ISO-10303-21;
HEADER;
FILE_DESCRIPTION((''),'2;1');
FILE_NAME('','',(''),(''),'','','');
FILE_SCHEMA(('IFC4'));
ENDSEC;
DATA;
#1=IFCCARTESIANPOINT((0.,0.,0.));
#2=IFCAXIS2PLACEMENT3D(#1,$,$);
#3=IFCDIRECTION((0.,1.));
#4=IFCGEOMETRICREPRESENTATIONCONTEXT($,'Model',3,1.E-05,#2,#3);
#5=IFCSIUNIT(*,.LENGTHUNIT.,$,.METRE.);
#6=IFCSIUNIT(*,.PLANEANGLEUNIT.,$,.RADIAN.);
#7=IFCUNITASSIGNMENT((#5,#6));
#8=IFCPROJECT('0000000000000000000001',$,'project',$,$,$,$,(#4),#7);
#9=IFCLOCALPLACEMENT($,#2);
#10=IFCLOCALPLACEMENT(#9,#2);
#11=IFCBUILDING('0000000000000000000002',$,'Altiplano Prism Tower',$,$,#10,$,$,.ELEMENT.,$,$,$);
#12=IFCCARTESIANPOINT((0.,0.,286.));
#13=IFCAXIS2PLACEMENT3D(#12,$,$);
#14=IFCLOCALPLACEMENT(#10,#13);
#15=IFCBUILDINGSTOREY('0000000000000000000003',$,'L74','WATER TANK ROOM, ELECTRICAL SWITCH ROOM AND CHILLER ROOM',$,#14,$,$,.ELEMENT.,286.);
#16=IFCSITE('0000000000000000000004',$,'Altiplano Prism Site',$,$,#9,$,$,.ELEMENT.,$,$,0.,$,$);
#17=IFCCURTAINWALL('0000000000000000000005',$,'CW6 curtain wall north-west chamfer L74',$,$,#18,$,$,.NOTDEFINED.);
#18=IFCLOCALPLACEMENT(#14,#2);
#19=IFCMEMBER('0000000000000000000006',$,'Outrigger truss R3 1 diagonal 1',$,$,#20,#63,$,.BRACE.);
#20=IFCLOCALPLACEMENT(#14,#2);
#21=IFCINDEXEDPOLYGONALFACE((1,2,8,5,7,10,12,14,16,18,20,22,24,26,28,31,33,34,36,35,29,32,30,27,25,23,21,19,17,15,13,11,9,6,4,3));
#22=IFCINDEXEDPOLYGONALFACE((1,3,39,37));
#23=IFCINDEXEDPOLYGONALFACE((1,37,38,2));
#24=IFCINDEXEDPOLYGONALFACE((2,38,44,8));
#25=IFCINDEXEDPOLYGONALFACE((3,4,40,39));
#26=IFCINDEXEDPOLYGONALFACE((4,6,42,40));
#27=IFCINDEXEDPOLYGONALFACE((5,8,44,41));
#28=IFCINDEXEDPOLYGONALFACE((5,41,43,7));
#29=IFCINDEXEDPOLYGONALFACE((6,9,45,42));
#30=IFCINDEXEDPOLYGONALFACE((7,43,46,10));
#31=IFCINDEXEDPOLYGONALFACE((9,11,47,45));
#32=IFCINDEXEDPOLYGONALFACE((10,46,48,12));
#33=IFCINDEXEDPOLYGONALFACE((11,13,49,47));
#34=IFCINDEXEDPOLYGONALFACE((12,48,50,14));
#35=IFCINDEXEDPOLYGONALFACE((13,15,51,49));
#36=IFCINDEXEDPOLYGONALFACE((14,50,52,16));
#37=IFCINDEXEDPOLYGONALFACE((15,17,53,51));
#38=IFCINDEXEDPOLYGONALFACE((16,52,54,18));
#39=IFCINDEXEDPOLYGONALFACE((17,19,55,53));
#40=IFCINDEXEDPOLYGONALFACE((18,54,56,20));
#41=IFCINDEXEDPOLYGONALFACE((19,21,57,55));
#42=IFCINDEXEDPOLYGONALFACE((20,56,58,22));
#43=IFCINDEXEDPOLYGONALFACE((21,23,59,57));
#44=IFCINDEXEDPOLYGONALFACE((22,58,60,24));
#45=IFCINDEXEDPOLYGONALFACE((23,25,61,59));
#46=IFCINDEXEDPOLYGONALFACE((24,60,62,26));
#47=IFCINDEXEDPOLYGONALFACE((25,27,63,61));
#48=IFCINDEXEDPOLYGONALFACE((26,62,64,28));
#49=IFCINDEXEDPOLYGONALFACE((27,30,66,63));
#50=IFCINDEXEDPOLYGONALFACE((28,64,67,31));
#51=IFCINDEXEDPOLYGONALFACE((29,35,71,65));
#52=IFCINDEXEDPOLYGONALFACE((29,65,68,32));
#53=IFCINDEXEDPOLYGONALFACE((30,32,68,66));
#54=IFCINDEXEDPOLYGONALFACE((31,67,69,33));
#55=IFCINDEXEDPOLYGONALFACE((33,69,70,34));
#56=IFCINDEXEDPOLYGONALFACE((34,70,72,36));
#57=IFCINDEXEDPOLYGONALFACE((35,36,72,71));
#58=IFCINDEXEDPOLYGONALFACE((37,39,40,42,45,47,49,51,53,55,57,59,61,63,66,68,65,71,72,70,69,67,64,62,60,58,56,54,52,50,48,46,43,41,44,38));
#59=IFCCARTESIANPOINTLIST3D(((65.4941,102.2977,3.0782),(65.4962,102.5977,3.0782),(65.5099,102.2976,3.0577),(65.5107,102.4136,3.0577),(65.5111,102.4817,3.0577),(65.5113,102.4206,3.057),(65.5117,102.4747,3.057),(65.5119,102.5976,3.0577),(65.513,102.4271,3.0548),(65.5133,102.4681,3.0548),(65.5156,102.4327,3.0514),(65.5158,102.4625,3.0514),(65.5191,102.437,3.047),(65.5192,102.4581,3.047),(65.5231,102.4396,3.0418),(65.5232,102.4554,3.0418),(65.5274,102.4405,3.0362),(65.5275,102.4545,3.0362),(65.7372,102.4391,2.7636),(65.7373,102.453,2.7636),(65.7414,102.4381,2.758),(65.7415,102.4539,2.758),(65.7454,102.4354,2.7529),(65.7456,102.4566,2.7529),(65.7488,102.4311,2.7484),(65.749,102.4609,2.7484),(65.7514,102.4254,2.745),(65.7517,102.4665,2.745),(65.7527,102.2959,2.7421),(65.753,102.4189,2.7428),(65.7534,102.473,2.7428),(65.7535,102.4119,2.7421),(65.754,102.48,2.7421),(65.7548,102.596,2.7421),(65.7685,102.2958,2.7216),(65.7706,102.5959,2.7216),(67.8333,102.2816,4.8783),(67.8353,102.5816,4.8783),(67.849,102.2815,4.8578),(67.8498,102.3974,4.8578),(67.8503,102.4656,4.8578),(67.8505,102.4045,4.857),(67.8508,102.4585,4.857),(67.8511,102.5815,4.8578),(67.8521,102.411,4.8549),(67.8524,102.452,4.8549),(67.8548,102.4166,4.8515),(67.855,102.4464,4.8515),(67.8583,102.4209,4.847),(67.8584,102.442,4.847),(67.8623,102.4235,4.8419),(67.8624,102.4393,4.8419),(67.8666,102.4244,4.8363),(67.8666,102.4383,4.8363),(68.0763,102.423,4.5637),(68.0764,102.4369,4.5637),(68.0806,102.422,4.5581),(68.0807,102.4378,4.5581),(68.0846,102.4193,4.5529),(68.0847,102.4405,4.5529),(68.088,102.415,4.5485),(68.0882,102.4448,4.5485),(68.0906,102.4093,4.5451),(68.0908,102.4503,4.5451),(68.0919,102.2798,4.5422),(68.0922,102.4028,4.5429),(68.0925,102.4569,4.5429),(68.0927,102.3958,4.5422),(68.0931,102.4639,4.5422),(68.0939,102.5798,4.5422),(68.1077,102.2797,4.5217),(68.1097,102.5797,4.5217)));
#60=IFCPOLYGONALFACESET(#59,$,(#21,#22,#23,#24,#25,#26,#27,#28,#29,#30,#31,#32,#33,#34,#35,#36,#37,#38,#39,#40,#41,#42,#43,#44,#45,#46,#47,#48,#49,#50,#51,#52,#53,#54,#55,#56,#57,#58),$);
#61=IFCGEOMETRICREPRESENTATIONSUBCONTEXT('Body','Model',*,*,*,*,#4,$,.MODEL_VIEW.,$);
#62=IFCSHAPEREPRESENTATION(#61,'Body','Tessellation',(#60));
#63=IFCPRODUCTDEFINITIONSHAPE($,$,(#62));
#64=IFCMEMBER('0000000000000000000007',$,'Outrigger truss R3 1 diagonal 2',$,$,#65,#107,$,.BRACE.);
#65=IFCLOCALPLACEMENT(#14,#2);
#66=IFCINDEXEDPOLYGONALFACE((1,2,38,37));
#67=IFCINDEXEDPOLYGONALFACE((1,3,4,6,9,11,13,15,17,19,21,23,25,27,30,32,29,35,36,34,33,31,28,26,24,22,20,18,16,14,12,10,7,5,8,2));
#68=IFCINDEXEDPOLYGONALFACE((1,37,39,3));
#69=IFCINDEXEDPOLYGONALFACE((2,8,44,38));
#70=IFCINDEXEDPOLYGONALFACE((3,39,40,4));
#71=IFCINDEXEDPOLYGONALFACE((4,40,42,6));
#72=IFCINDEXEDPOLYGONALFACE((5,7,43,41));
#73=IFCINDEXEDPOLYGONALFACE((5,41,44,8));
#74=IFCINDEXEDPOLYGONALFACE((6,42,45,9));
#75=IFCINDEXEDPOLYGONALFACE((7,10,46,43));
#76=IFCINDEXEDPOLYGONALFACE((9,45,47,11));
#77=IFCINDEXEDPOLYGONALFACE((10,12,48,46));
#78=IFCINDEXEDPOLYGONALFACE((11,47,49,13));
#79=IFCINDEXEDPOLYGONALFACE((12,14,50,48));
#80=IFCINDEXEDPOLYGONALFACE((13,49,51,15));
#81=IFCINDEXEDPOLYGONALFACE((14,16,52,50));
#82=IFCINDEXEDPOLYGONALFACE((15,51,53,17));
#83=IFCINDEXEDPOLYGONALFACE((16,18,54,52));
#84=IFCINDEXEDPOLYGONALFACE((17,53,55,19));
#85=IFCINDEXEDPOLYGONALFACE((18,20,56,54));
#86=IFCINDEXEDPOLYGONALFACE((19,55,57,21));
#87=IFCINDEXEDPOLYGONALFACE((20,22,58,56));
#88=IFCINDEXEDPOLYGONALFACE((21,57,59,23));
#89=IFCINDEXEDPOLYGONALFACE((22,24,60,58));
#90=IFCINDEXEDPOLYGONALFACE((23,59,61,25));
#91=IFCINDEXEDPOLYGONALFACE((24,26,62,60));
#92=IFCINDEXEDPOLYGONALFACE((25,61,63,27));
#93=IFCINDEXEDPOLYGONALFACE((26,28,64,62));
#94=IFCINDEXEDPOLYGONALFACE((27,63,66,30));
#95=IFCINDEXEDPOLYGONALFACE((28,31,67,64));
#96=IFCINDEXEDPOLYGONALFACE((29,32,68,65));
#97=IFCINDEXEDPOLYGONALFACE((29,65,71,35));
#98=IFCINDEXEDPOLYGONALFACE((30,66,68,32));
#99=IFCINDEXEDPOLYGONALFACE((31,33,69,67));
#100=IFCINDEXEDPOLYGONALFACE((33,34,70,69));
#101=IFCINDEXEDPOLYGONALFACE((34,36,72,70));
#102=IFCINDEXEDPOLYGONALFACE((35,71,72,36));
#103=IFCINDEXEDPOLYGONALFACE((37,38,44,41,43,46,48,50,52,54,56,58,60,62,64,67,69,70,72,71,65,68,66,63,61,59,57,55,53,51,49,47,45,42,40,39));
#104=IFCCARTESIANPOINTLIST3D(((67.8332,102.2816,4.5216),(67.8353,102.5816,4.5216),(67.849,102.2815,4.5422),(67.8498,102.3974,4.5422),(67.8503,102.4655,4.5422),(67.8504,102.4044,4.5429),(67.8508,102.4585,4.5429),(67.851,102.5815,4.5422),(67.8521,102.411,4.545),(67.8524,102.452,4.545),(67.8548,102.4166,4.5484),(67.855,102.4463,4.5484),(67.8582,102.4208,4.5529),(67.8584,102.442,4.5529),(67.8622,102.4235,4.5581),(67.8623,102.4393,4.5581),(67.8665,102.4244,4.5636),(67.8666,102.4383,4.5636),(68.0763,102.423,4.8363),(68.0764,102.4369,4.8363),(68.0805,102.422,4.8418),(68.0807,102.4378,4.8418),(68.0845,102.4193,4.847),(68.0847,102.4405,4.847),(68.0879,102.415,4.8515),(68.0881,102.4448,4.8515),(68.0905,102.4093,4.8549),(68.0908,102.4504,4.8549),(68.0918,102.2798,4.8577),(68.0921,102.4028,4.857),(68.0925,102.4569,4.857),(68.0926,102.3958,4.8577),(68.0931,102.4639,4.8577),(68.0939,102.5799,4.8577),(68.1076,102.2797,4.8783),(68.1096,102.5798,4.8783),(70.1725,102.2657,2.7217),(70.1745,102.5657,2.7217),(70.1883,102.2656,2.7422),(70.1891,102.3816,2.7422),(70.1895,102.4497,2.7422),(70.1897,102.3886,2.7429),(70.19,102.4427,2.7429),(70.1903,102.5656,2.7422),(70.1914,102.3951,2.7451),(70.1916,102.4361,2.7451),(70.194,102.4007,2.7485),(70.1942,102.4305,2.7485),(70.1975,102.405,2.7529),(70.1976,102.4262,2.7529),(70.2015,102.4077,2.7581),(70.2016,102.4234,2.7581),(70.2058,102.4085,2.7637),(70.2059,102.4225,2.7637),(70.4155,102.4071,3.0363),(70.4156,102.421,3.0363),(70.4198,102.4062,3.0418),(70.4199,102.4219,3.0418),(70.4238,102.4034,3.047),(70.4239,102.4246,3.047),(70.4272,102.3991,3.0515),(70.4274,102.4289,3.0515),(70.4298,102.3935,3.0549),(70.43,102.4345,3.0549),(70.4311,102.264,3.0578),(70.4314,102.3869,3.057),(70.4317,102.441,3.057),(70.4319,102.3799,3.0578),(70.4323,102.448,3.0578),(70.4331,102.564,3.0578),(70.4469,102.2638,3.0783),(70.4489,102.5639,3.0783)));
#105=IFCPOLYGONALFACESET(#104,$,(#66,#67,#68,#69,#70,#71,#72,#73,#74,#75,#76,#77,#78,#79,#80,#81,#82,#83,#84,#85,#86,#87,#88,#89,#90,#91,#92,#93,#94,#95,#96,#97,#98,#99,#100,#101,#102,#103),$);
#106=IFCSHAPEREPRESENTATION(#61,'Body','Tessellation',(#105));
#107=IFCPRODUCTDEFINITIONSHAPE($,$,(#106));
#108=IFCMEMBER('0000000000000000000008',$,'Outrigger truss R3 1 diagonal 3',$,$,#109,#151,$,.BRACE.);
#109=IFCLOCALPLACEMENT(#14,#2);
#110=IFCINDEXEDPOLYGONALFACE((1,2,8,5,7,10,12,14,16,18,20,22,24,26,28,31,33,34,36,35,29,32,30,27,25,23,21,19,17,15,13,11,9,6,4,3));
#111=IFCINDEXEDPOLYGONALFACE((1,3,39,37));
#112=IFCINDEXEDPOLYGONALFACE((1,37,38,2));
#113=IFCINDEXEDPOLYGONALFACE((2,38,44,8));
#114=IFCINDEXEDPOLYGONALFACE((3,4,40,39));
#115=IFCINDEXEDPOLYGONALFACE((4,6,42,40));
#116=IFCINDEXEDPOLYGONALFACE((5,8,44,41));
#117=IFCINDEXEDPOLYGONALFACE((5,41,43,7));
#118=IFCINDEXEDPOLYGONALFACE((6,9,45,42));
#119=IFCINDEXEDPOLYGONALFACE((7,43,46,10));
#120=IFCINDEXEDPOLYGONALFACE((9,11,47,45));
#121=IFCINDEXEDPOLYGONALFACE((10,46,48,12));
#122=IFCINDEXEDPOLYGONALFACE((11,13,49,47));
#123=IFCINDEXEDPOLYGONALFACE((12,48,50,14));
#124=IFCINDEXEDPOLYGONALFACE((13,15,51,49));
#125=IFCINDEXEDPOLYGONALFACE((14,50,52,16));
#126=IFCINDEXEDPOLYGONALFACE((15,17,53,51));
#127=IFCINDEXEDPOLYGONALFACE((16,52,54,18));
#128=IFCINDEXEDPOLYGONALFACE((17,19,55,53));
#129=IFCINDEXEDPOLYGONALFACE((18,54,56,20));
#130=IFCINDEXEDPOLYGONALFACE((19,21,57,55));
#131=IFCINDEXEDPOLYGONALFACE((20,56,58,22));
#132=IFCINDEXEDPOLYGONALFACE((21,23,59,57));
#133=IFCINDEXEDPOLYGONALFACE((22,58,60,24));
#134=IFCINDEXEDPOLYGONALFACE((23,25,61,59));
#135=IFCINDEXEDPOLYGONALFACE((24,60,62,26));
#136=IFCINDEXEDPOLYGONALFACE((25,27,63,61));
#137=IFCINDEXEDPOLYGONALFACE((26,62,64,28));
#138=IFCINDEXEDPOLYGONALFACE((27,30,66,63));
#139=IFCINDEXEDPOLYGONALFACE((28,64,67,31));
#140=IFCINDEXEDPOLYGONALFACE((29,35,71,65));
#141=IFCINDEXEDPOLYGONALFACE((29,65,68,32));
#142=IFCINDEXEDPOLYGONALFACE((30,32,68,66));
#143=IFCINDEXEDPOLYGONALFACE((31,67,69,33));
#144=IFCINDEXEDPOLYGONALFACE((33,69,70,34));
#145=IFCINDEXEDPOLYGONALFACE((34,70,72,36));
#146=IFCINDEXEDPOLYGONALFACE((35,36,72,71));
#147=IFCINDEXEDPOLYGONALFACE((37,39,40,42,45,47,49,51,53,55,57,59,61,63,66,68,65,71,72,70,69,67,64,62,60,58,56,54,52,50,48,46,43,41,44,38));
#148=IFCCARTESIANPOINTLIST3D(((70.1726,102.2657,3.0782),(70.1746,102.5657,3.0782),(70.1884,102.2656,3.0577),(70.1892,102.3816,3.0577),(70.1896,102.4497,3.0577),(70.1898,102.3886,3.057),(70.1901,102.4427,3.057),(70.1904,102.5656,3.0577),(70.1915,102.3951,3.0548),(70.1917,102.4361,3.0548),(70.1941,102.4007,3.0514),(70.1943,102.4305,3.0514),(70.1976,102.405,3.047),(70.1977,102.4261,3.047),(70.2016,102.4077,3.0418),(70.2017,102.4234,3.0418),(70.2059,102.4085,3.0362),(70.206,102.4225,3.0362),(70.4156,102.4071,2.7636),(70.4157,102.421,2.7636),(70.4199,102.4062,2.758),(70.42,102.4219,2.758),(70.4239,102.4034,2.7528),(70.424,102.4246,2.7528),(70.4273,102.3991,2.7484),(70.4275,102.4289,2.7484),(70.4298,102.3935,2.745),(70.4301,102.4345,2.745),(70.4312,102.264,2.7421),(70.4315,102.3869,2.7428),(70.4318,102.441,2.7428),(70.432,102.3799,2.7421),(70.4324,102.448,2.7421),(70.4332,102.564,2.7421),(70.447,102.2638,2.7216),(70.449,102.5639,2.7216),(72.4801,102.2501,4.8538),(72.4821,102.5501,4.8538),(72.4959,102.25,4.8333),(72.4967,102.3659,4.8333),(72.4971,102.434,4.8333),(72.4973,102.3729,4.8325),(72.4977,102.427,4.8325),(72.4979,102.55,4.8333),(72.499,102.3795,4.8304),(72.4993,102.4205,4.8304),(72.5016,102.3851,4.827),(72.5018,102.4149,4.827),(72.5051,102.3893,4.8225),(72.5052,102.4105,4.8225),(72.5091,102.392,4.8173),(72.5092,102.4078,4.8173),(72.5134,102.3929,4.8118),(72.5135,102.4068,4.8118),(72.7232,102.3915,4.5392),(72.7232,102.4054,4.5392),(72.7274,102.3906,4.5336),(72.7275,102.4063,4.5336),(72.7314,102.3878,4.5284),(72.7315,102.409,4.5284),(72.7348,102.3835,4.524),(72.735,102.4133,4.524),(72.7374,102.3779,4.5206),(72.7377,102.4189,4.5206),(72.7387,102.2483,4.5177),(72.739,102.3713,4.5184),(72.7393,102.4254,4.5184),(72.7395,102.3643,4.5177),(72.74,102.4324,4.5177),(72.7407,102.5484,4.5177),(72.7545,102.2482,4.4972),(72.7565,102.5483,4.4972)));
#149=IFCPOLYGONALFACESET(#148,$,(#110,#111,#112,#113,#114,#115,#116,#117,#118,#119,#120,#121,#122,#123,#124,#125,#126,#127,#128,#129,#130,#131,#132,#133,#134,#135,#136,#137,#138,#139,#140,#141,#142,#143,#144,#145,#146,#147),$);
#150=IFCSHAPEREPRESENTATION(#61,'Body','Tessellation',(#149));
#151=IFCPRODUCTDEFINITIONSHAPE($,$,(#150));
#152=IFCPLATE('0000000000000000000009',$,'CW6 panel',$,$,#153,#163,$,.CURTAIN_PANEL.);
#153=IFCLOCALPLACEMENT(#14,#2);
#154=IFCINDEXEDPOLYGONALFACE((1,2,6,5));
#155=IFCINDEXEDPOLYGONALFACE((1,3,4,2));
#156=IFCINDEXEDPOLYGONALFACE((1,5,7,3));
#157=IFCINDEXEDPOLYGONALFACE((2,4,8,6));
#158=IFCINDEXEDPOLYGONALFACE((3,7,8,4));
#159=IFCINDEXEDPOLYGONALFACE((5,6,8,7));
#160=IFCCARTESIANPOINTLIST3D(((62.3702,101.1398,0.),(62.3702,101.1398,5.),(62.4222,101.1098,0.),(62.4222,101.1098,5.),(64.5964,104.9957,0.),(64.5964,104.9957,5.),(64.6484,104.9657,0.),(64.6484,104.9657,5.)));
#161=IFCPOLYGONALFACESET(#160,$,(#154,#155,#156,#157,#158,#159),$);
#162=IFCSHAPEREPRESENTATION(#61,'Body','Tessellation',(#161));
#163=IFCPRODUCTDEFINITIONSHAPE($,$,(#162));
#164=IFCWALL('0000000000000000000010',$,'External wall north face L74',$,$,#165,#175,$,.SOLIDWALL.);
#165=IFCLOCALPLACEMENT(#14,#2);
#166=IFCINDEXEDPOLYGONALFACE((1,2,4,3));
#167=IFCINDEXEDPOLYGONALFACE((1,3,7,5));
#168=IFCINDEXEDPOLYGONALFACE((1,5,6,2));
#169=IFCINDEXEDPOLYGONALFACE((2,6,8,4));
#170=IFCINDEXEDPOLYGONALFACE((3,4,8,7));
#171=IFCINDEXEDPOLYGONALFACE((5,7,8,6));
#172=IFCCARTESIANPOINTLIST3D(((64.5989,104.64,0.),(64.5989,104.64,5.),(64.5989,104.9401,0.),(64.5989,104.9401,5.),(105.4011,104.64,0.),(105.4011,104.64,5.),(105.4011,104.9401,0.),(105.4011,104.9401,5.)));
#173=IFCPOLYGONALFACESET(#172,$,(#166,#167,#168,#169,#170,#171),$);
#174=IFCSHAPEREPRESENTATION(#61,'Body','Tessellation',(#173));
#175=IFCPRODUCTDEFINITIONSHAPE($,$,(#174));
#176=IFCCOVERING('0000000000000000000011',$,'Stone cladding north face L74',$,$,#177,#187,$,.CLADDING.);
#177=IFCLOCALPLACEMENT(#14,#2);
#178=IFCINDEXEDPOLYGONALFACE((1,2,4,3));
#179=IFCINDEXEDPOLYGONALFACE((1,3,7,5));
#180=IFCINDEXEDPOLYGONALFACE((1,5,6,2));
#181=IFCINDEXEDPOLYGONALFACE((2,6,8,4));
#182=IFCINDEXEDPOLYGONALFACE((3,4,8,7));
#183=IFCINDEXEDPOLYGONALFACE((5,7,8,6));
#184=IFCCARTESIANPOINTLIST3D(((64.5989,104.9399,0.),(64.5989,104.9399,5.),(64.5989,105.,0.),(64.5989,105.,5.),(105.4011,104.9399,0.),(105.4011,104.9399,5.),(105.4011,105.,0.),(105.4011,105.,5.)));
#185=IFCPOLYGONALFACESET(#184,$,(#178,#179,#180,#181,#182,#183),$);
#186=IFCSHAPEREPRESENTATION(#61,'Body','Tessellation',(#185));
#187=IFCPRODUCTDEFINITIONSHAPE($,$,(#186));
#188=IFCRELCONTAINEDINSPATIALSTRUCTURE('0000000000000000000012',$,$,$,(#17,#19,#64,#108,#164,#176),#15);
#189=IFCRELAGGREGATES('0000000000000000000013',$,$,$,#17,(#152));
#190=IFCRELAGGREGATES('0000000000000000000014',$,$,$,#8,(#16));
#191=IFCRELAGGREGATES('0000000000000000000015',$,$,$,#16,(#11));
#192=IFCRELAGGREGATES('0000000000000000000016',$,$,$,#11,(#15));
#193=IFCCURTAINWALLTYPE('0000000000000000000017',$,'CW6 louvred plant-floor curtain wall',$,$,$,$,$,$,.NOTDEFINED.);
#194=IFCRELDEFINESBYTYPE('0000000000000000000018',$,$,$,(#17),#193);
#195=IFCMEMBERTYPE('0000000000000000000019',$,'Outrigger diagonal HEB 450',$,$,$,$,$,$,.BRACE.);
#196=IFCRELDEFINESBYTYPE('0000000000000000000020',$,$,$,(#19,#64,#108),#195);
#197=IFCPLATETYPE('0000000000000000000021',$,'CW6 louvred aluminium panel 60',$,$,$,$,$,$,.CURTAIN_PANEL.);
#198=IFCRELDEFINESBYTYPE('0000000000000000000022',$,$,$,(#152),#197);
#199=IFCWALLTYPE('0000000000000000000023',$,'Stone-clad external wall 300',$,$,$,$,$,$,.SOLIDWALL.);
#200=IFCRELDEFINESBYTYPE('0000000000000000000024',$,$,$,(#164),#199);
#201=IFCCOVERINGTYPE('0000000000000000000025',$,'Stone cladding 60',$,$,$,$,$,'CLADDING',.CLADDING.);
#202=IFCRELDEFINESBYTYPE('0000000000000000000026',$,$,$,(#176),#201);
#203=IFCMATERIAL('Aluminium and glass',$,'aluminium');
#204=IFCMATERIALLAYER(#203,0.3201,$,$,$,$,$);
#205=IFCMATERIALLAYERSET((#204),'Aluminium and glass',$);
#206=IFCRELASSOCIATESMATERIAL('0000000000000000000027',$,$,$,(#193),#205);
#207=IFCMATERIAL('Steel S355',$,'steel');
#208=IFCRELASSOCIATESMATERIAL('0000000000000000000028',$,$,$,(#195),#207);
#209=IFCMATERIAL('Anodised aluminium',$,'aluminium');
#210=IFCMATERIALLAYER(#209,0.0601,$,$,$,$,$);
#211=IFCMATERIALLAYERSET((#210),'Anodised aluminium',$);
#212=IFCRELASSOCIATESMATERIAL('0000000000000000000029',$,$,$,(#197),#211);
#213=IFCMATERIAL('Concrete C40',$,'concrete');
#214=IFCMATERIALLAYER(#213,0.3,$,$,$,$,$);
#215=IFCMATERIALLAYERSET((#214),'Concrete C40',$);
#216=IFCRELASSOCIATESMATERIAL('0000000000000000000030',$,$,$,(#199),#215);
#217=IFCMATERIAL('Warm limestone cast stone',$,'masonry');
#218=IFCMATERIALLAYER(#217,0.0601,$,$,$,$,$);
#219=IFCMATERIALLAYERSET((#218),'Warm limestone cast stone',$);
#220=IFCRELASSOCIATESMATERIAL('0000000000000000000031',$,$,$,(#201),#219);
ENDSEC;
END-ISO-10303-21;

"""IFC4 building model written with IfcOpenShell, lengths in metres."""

from ifc_helpers import new_model, si_unit, direction, frame, frame_2d, origin, origin_2d, place, context, subcontext, project, spatial, rectangle, i_section, extrude, material, layer, layer_set, material_profile, profile_set, type_object, element, aggregate, save


model = new_model("IFC4")

# Units and contexts
model_context = context("Model", 3, precision=1e-05, world=origin(), true_north=direction((0.0, 1.0)))
body_context = subcontext(model_context, "Body", "Model", "MODEL_VIEW")
ifc_project = project(units=[si_unit("LENGTHUNIT", "METRE"), si_unit("PLANEANGLEUNIT", "RADIAN")], contexts=[model_context])

# Site, building, storey
site_placement = place(None, origin())
site = spatial("IfcSite", under=ifc_project, at=site_placement, Name="Altiplano Prism Site", CompositionType="ELEMENT", RefElevation=0.0)
building_placement = place(site_placement, origin())
building = spatial("IfcBuilding", under=site, at=building_placement, Name="Altiplano Prism Tower", CompositionType="ELEMENT")
storey_placement = place(building_placement, frame((0.0, 0.0, 286.0)))
storey = spatial("IfcBuildingStorey", under=building, at=storey_placement, Name="L74", Description="WATER TANK ROOM, ELECTRICAL SWITCH ROOM AND CHILLER ROOM", CompositionType="ELEMENT", Elevation=286.0)

# Shared definitions
ifc_material_1 = material(Name="Steel S355", Category="steel")

# Curtain wall
ifc_material_2 = material(Name="Aluminium and glass", Category="aluminium")
ifc_layer_1 = layer(ifc_material_2, 0.3201)
ifc_layer_set_1 = layer_set([ifc_layer_1], Name="Aluminium and glass")
curtain_wall_type = type_object("IfcCurtainWallType", Name="CW6 louvred plant-floor curtain wall", PredefinedType="NOTDEFINED", material=ifc_layer_set_1)
curtain_wall_placement = place(storey_placement, origin())
curtain_wall = element("IfcCurtainWall", 1, at=curtain_wall_placement, inside=storey, type_object=curtain_wall_type, Name="CW6 curtain wall north-west chamfer L74", PredefinedType="NOTDEFINED")

# Members
ifc_material_profile_1 = material_profile(ifc_material_1, i_section(OverallWidth=0.3, OverallDepth=0.45, WebThickness=0.0139, FlangeThickness=0.0259, FilletRadius=0.0271, at=origin_2d()), Name="Outrigger diagonal HEB 450")
ifc_profile_set_1 = profile_set([ifc_material_profile_1], Name="Steel S355")
member_type_1 = type_object("IfcMemberType", Name="Outrigger diagonal HEB 450", PredefinedType="BRACE", material=ifc_profile_set_1)
for number, where, z_axis, x_axis, name in (
    (2, (65.6323, 102.4468, 2.8999), (0.792492, -0.005459, 0.609858), (0.006888, 0.999976, 0.0), "Outrigger truss R3 1 diagonal 1"),
    (3, (67.9714, 102.4307, 4.7), (0.792523, -0.005376, -0.609818), (0.006783, 0.999977, 0.0), "Outrigger truss R3 1 diagonal 2"),
):
    element("IfcMember", number, at=place(storey_placement, frame(where, z_axis=z_axis, x_axis=x_axis)), inside=storey, type_object=member_type_1, Name=name, PredefinedType="BRACE", context=body_context, shape_type="SweptSolid", body=[
        extrude(i_section(OverallWidth=0.3, OverallDepth=0.45, WebThickness=0.0139, FlangeThickness=0.0259, FilletRadius=0.0271, at=origin_2d()), origin(), (0.0, 0.0, 1.0), 2.9517),
    ])
member_1_placement = place(storey_placement, frame((70.3108, 102.4148, 2.8999), z_axis=(0.792522, -0.005366, 0.609819), x_axis=(0.006771, 0.999977, 0.0)))
element("IfcMember", 4, at=member_1_placement, inside=storey, type_object=member_type_1, Name="Outrigger truss R3 1 diagonal 3", PredefinedType="BRACE", context=body_context, shape_type="SweptSolid", body=[
    extrude(i_section(OverallWidth=0.3, OverallDepth=0.45, WebThickness=0.0139, FlangeThickness=0.0259, FilletRadius=0.0271, at=origin_2d()), origin(), (0.0, 0.0, 1.0), 2.9116),
])

# Plate
ifc_material_3 = material(Name="Anodised aluminium", Category="aluminium")
ifc_layer_2 = layer(ifc_material_3, 0.0601)
ifc_layer_set_2 = layer_set([ifc_layer_2], Name="Anodised aluminium")
plate_type = type_object("IfcPlateType", Name="CW6 louvred aluminium panel 60", PredefinedType="CURTAIN_PANEL", material=ifc_layer_set_2)
plate_placement = place(storey_placement, frame((63.5093, 103.0527, 0.0), z_axis=(0.0, 0.0, 1.0), x_axis=(-0.5, -0.866025, 0.0)))
plate = element("IfcPlate", 5, at=plate_placement, type_object=plate_type, Name="CW6 panel", PredefinedType="CURTAIN_PANEL", context=body_context, shape_type="SweptSolid", body=[
    extrude(rectangle(XDim=4.4524, YDim=0.0601, at=origin_2d()), origin(), (0.0, 0.0, 1.0), 5.0),
])
aggregate(curtain_wall, [plate])

# Wall
ifc_material_4 = material(Name="Concrete C40", Category="concrete")
ifc_layer_3 = layer(ifc_material_4, 0.3)
ifc_layer_set_3 = layer_set([ifc_layer_3], Name="Concrete C40")
wall_type_1 = type_object("IfcWallType", Name="Stone-clad external wall 300", PredefinedType="SOLIDWALL", material=ifc_layer_set_3)
wall_1_placement = place(storey_placement, frame((64.5989, 104.79, 0.0), z_axis=(0.0, 0.0, 1.0), x_axis=(1.0, 0.0, 0.0)))
element("IfcWall", 6, at=wall_1_placement, inside=storey, type_object=wall_type_1, Name="External wall north face L74", PredefinedType="SOLIDWALL", context=body_context, shape_type="SweptSolid", body=[
    extrude(rectangle(XDim=40.8022, YDim=0.3, at=frame_2d((20.4011, 0.0))), origin(), (0.0, 0.0, 1.0), 5.0),
])

# Covering
ifc_material_5 = material(Name="Warm limestone cast stone", Category="masonry")
ifc_layer_4 = layer(ifc_material_5, 0.0601)
ifc_layer_set_4 = layer_set([ifc_layer_4], Name="Warm limestone cast stone")
covering_type = type_object("IfcCoveringType", Name="Stone cladding 60", ElementType="CLADDING", PredefinedType="CLADDING", material=ifc_layer_set_4)
covering_placement = place(storey_placement, frame((64.5989, 104.97, 0.0), z_axis=(0.0, 0.0, 1.0), x_axis=(1.0, 0.0, 0.0)))
element("IfcCovering", 7, at=covering_placement, inside=storey, type_object=covering_type, Name="Stone cladding north face L74", PredefinedType="CLADDING", context=body_context, shape_type="SweptSolid", body=[
    extrude(rectangle(XDim=40.8022, YDim=0.0601, at=frame_2d((20.4011, 0.0))), origin(), (0.0, 0.0, 1.0), 5.0),
])

save(model, "model.ifc")
